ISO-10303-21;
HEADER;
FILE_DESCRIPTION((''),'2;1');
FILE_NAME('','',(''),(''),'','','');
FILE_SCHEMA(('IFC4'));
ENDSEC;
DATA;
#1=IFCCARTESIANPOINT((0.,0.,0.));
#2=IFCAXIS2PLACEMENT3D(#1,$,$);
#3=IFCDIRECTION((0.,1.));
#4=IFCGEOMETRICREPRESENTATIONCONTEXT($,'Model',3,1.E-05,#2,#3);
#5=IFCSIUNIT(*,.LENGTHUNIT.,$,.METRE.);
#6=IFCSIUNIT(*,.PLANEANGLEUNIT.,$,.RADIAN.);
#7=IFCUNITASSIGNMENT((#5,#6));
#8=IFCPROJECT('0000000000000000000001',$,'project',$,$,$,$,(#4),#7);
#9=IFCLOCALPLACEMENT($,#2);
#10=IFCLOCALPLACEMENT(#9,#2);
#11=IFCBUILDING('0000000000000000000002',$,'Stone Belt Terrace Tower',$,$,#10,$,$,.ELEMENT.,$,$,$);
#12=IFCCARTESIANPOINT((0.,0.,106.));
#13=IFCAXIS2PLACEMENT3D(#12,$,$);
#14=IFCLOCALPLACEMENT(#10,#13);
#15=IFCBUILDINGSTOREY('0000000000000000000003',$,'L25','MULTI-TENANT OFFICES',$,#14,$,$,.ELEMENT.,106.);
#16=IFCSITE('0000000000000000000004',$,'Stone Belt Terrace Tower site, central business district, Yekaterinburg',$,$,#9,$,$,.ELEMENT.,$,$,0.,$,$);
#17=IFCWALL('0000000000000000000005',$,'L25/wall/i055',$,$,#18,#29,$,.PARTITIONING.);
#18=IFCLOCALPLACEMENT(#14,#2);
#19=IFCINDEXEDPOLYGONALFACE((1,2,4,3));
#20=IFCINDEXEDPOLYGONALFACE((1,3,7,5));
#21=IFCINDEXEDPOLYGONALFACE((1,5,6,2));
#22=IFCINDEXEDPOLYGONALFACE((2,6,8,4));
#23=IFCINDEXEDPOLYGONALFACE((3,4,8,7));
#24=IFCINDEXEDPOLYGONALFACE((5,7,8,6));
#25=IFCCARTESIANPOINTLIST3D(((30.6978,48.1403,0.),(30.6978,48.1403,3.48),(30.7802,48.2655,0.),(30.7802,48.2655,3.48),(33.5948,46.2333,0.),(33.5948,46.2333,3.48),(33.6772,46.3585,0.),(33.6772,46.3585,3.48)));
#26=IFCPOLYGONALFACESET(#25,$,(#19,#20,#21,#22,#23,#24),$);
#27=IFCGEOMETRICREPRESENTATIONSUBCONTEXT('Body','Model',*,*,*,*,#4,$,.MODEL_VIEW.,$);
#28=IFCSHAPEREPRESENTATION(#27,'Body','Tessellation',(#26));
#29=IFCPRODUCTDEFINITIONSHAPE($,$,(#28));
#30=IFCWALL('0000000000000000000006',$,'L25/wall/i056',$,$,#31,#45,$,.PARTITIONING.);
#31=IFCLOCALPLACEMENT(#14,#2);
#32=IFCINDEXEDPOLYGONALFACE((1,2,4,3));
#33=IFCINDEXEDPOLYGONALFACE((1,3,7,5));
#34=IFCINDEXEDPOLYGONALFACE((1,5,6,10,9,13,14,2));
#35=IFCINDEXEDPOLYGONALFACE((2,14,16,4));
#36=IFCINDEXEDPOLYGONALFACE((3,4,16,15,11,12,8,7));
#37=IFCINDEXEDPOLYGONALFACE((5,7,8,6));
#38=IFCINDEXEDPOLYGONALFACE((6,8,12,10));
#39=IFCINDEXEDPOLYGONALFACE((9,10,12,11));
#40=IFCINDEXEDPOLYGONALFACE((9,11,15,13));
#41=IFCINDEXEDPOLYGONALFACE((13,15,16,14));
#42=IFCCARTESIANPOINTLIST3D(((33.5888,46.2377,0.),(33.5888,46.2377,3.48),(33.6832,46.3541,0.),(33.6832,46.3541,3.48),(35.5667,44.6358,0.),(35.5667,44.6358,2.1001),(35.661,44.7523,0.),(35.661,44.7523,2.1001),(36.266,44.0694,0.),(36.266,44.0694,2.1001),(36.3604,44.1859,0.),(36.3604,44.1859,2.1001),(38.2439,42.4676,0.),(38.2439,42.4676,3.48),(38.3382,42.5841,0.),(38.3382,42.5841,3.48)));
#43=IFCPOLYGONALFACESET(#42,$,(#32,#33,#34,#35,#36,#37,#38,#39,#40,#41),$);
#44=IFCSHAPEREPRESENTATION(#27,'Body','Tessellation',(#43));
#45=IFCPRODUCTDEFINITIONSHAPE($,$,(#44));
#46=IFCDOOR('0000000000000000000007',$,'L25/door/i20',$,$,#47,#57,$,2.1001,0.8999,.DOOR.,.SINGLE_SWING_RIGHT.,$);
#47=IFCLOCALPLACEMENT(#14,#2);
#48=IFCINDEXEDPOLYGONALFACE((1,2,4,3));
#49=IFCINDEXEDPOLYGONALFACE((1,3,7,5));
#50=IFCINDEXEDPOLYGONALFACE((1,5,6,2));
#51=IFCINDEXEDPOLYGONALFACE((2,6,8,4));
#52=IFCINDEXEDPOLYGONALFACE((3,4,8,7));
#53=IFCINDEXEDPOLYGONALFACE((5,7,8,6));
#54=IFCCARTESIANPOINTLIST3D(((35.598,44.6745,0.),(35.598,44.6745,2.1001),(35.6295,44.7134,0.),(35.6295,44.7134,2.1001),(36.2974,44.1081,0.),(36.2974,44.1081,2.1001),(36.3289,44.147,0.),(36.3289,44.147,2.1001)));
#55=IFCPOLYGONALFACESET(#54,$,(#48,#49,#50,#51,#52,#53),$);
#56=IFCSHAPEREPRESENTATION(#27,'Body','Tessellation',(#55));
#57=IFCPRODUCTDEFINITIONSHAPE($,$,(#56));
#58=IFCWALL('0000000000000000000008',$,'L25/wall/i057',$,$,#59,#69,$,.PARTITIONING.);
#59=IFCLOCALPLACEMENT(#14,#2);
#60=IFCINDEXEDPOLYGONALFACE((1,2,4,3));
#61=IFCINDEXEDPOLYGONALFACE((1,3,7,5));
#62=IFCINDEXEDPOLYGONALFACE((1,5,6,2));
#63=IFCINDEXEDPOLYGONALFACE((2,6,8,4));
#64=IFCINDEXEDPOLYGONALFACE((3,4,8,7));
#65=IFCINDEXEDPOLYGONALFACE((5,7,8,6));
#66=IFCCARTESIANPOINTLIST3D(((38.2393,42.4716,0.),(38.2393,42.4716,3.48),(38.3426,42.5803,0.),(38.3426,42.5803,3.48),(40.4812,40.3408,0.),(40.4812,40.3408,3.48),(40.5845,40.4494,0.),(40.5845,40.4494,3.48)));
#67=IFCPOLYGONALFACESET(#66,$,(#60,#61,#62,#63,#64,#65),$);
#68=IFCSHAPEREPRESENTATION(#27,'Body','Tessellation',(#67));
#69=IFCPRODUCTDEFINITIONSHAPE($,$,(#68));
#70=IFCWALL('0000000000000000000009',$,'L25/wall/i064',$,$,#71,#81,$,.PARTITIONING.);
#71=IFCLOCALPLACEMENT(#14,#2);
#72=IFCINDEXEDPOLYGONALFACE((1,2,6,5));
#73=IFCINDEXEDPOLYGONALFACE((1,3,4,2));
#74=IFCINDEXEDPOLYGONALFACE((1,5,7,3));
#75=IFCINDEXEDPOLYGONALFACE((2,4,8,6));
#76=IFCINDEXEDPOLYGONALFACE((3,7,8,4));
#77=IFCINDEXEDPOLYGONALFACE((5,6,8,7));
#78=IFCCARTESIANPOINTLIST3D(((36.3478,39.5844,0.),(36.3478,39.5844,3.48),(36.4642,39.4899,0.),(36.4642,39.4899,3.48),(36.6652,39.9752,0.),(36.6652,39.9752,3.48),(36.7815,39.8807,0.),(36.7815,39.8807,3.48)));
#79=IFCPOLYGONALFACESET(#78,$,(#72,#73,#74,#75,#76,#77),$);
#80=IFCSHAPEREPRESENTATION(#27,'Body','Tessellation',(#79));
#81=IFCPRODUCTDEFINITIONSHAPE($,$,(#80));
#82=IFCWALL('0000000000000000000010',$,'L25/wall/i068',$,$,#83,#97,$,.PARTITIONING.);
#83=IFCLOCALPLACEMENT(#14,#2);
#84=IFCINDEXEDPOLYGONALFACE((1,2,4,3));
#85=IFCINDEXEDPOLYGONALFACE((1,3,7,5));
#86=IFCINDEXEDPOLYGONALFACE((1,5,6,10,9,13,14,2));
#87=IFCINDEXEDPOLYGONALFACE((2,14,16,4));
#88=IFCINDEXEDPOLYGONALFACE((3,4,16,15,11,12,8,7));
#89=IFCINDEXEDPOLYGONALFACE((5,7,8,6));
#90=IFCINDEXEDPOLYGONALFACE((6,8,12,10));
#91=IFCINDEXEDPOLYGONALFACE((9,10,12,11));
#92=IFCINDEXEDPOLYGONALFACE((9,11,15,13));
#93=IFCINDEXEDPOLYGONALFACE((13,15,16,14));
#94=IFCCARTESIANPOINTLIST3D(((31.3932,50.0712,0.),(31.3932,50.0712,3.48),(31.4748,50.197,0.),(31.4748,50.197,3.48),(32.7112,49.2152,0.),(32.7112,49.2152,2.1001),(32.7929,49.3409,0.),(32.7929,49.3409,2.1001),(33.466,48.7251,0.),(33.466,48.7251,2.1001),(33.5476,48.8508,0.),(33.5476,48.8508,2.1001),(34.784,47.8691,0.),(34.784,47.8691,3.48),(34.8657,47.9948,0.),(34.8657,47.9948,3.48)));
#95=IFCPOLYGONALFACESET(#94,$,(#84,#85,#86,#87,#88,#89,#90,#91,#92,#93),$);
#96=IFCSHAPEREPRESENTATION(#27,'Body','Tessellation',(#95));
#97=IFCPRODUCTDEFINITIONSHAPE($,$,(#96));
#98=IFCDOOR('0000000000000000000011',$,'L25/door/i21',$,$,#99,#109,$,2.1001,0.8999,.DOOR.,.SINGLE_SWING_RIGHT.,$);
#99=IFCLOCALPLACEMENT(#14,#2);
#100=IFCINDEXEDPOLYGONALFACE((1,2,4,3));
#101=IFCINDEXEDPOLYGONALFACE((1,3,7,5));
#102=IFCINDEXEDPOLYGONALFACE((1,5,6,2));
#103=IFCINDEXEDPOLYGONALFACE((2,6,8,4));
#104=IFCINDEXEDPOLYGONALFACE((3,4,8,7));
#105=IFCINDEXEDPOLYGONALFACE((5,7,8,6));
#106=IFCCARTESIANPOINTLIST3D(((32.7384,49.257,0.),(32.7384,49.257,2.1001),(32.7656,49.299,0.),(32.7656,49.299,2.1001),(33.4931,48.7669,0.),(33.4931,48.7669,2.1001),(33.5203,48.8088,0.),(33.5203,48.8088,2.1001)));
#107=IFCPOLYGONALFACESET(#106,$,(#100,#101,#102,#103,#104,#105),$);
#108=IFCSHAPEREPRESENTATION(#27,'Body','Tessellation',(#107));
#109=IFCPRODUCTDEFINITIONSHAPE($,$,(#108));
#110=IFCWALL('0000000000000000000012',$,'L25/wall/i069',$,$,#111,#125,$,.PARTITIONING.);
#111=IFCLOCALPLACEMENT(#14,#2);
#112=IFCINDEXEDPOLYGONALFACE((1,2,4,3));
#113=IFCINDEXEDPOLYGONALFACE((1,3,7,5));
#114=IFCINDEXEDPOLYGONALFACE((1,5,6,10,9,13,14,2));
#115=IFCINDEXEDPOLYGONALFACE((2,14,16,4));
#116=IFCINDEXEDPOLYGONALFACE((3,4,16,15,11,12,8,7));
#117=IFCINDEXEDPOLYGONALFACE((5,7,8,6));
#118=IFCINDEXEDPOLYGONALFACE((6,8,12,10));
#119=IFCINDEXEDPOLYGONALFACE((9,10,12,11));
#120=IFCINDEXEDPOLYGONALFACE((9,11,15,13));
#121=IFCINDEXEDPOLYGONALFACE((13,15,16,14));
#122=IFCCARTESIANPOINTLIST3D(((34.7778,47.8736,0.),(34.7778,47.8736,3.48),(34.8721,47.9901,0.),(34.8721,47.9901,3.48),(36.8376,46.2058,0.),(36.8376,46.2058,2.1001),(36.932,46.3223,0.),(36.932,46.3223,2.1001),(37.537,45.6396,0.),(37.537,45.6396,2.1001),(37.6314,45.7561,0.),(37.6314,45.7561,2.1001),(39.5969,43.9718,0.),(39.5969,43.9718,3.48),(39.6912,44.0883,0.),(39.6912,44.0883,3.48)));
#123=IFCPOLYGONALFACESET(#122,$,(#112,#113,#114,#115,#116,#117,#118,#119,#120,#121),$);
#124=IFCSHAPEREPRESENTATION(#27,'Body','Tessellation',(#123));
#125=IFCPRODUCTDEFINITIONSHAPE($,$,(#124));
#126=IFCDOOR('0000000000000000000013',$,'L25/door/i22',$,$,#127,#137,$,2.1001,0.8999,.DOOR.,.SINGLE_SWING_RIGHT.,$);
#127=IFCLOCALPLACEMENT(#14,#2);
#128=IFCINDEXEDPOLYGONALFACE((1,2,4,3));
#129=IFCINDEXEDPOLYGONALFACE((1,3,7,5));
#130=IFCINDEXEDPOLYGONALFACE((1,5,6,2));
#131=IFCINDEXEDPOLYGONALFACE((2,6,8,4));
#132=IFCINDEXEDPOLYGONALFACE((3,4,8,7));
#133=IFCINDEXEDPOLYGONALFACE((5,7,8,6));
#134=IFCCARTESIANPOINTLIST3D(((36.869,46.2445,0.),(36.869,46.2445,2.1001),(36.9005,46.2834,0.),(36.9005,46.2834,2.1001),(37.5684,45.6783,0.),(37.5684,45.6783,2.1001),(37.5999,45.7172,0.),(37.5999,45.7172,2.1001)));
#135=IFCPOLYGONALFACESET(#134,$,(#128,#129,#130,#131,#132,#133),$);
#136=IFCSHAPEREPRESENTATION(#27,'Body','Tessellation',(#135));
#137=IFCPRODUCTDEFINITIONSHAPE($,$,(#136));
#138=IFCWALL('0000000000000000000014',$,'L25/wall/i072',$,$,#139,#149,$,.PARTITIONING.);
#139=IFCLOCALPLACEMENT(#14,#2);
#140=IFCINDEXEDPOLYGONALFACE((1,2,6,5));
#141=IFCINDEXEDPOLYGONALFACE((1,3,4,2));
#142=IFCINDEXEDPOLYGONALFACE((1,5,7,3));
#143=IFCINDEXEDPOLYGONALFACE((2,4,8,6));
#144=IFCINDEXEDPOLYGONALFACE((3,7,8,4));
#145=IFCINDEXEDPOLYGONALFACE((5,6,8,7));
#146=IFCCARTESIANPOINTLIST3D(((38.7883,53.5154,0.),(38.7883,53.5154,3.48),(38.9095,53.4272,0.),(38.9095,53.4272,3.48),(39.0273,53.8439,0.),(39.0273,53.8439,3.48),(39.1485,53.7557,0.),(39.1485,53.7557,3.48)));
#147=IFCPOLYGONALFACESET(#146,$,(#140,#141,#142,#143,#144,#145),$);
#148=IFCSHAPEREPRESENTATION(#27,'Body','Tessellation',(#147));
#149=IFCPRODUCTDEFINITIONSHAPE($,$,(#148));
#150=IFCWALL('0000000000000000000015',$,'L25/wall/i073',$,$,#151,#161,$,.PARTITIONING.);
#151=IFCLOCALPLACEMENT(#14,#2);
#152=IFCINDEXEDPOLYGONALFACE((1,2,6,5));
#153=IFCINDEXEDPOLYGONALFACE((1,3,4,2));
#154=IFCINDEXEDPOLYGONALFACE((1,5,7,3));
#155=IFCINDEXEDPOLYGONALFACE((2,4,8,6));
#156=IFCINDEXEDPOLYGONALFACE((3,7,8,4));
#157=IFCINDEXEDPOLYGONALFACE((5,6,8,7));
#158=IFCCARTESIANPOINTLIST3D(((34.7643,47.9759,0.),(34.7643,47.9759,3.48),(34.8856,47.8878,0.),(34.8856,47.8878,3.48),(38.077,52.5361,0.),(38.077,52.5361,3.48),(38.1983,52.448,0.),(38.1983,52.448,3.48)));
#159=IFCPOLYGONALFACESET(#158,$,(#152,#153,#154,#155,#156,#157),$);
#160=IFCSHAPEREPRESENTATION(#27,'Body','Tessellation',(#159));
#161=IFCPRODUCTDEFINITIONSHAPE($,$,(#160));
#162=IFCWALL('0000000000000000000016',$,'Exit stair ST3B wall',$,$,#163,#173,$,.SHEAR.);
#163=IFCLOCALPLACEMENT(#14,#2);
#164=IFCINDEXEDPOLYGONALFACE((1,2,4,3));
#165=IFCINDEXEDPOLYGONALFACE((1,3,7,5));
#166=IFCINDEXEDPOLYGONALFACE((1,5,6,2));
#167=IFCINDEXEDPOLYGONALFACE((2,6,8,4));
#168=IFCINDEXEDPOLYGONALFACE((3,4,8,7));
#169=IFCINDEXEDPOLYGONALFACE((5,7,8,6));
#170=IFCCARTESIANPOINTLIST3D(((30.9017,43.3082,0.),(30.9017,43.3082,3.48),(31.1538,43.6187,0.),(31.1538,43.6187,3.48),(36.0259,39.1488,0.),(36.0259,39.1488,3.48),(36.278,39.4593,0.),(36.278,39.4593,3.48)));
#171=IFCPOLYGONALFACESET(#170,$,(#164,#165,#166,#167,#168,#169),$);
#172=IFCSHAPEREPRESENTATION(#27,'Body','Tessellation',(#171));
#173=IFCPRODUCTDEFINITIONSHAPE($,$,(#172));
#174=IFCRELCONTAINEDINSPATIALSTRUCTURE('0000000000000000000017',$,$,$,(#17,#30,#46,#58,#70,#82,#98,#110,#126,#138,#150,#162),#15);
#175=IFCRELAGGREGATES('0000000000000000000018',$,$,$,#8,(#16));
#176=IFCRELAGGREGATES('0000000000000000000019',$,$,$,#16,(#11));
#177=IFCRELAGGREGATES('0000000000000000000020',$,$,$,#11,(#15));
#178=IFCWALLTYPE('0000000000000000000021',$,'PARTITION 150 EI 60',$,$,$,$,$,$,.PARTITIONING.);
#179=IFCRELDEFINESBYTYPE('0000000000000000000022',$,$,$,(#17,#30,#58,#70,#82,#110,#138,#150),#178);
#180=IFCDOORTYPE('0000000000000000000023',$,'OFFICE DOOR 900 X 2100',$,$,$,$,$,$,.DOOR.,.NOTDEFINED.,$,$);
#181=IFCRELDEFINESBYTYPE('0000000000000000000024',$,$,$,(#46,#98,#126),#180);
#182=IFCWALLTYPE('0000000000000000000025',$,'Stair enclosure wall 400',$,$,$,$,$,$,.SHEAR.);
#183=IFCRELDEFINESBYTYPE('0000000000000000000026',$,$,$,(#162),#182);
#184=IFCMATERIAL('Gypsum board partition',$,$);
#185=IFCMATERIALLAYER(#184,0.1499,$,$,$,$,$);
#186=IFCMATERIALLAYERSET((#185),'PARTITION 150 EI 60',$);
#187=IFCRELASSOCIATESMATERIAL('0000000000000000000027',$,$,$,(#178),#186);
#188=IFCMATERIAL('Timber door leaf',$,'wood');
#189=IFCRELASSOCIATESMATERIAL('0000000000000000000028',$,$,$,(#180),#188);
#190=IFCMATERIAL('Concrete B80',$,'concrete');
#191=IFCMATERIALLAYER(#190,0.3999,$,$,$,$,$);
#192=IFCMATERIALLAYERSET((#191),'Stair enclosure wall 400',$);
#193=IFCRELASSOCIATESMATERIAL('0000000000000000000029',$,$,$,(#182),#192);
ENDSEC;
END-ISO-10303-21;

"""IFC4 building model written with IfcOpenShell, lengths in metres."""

from ifc_helpers import new_model, si_unit, direction, frame, frame_2d, origin, place, context, subcontext, project, spatial, rectangle, extrude, material, layer, layer_set, type_object, element, fill, save


model = new_model("IFC4")

# Units and contexts
model_context = context("Model", 3, precision=1e-05, world=origin(), true_north=direction((0.0, 1.0)))
body_context = subcontext(model_context, "Body", "Model", "MODEL_VIEW")
ifc_project = project(units=[si_unit("LENGTHUNIT", "METRE"), si_unit("PLANEANGLEUNIT", "RADIAN")], contexts=[model_context])

# Site, building, storey
site_placement = place(None, origin())
site = spatial("IfcSite", under=ifc_project, at=site_placement, Name="Stone Belt Terrace Tower site, central business district, Yekaterinburg", CompositionType="ELEMENT", RefElevation=0.0)
building_placement = place(site_placement, origin())
building = spatial("IfcBuilding", under=site, at=building_placement, Name="Stone Belt Terrace Tower", CompositionType="ELEMENT")
storey_placement = place(building_placement, frame((0.0, 0.0, 106.0)))
storey = spatial("IfcBuildingStorey", under=building, at=storey_placement, Name="L25", Description="MULTI-TENANT OFFICES", CompositionType="ELEMENT", Elevation=106.0)

# Shared definitions
ifc_material_1 = material(Name="Concrete B80", Category="concrete")

# Shared definitions
ifc_material_2 = material(Name="Gypsum board partition")
ifc_layer_1 = layer(ifc_material_2, 0.1499)
ifc_layer_set_1 = layer_set([ifc_layer_1], Name="PARTITION 150 EI 60")
wall_type_1 = type_object("IfcWallType", Name="PARTITION 150 EI 60", PredefinedType="PARTITIONING", material=ifc_layer_set_1)
ifc_material_3 = material(Name="Timber door leaf", Category="wood")
door_type_1 = type_object("IfcDoorType", Name="OFFICE DOOR 900 X 2100", OperationType="NOTDEFINED", PredefinedType="DOOR", material=ifc_material_3)

# Wall
wall_1_placement = place(storey_placement, frame((30.739, 48.2029, 0.0), z_axis=(0.0, 0.0, 1.0), x_axis=(0.835274, -0.549834, 0.0)))
element("IfcWall", 1, at=wall_1_placement, inside=storey, type_object=wall_type_1, Name="L25/wall/i055", PredefinedType="PARTITIONING", context=body_context, shape_type="SweptSolid", body=[
    extrude(rectangle(XDim=3.4683, YDim=0.1499, at=frame_2d((1.7341, 0.0))), origin(), (0.0, 0.0, 1.0), 3.48),
])

# Wall, opening, door
wall_2_placement = place(storey_placement, frame((33.636, 46.2959, 0.0), z_axis=(0.0, 0.0, 1.0), x_axis=(0.777109, -0.629366, 0.0)))
wall_2 = element("IfcWall", 2, at=wall_2_placement, inside=storey, type_object=wall_type_1, Name="L25/wall/i056", PredefinedType="PARTITIONING", context=body_context, shape_type="SweptSolid", body=[
    extrude(rectangle(XDim=5.9902, YDim=0.1499, at=frame_2d((2.9951, 0.0))), origin(), (0.0, 0.0, 1.0), 3.48),
])
opening_1_placement = place(wall_2_placement, frame((2.5452, 0.0, 0.0)))
opening_1 = element("IfcOpeningElement", 3, at=opening_1_placement, cuts=wall_2, PredefinedType="OPENING", context=body_context, shape_type="SweptSolid", body=[
    extrude(rectangle(XDim=0.8999, YDim=2.1001, at=frame_2d((0.45, 1.05))), frame((0.0, 0.085, 0.0), z_axis=(0.0, -1.0, 0.0), x_axis=(1.0, 0.0, 0.0)), (0.0, 0.0, 1.0), 0.1699),
])
door_1_placement = place(opening_1_placement, origin())
door_1 = element("IfcDoor", 4, at=door_1_placement, inside=storey, type_object=door_type_1, Name="L25/door/i20", OperationType="SINGLE_SWING_RIGHT", OverallHeight=2.1001, OverallWidth=0.8999, PredefinedType="DOOR", context=body_context, shape_type="SweptSolid", body=[
    extrude(rectangle(XDim=0.8999, YDim=2.1001, at=frame_2d((0.45, 1.05))), frame((0.0, 0.0249, 0.0), z_axis=(0.0, -1.0, 0.0), x_axis=(1.0, 0.0, 0.0)), (0.0, 0.0, 1.0), 0.05),
])
fill(opening_1, door_1)

# Walls
wall_3_placement = place(storey_placement, frame((38.291, 42.5259, 0.0), z_axis=(0.0, 0.0, 1.0), x_axis=(0.724836, -0.688922, 0.0)))
element("IfcWall", 5, at=wall_3_placement, inside=storey, type_object=wall_type_1, Name="L25/wall/i057", PredefinedType="PARTITIONING", context=body_context, shape_type="SweptSolid", body=[
    extrude(rectangle(XDim=3.093, YDim=0.1499, at=frame_2d((1.5464, 0.0))), origin(), (0.0, 0.0, 1.0), 3.48),
])
wall_4_placement = place(storey_placement, frame((36.406, 39.5371, 0.0), z_axis=(0.0, 0.0, 1.0), x_axis=(0.630355, 0.776307, 0.0)))
element("IfcWall", 6, at=wall_4_placement, inside=storey, type_object=wall_type_1, Name="L25/wall/i064", PredefinedType="PARTITIONING", context=body_context, shape_type="SweptSolid", body=[
    extrude(rectangle(XDim=0.5034, YDim=0.1499, at=frame_2d((0.2517, 0.0))), origin(), (0.0, 0.0, 1.0), 3.48),
])

# Walls, openings, doors
wall_5_placement = place(storey_placement, frame((31.4341, 50.134, 0.0), z_axis=(0.0, 0.0, 1.0), x_axis=(0.83866, -0.544655, 0.0)))
wall_5 = element("IfcWall", 7, at=wall_5_placement, inside=storey, type_object=wall_type_1, Name="L25/wall/i068", PredefinedType="PARTITIONING", context=body_context, shape_type="SweptSolid", body=[
    extrude(rectangle(XDim=4.0432, YDim=0.1499, at=frame_2d((2.0215, 0.0))), origin(), (0.0, 0.0, 1.0), 3.48),
])
opening_2_placement = place(wall_5_placement, frame((1.5715, 0.0, 0.0)))
opening_2 = element("IfcOpeningElement", 8, at=opening_2_placement, cuts=wall_5, PredefinedType="OPENING", context=body_context, shape_type="SweptSolid", body=[
    extrude(rectangle(XDim=0.8999, YDim=2.1001, at=frame_2d((0.45, 1.05))), frame((0.0, 0.085, 0.0), z_axis=(0.0, -1.0, 0.0), x_axis=(1.0, 0.0, 0.0)), (0.0, 0.0, 1.0), 0.1699),
])
door_2_placement = place(opening_2_placement, origin())
door_2 = element("IfcDoor", 9, at=door_2_placement, inside=storey, type_object=door_type_1, Name="L25/door/i21", OperationType="SINGLE_SWING_RIGHT", OverallHeight=2.1001, OverallWidth=0.8999, PredefinedType="DOOR", context=body_context, shape_type="SweptSolid", body=[
    extrude(rectangle(XDim=0.8999, YDim=2.1001, at=frame_2d((0.45, 1.05))), frame((0.0, 0.0249, 0.0), z_axis=(0.0, -1.0, 0.0), x_axis=(1.0, 0.0, 0.0)), (0.0, 0.0, 1.0), 0.05),
])
fill(opening_2, door_2)
wall_6_placement = place(storey_placement, frame((34.825, 47.9319, 0.0), z_axis=(0.0, 0.0, 1.0), x_axis=(0.777191, -0.629265, 0.0)))
wall_6 = element("IfcWall", 10, at=wall_6_placement, inside=storey, type_object=wall_type_1, Name="L25/wall/i069", PredefinedType="PARTITIONING", context=body_context, shape_type="SweptSolid", body=[
    extrude(rectangle(XDim=6.2007, YDim=0.1499, at=frame_2d((3.1003, 0.0))), origin(), (0.0, 0.0, 1.0), 3.48),
])
opening_3_placement = place(wall_6_placement, frame((2.6504, 0.0, 0.0)))
opening_3 = element("IfcOpeningElement", 11, at=opening_3_placement, cuts=wall_6, PredefinedType="OPENING", context=body_context, shape_type="SweptSolid", body=[
    extrude(rectangle(XDim=0.8999, YDim=2.1001, at=frame_2d((0.45, 1.05))), frame((0.0, 0.085, 0.0), z_axis=(0.0, -1.0, 0.0), x_axis=(1.0, 0.0, 0.0)), (0.0, 0.0, 1.0), 0.1699),
])
door_3_placement = place(opening_3_placement, origin())
door_3 = element("IfcDoor", 12, at=door_3_placement, inside=storey, type_object=door_type_1, Name="L25/door/i22", OperationType="SINGLE_SWING_RIGHT", OverallHeight=2.1001, OverallWidth=0.8999, PredefinedType="DOOR", context=body_context, shape_type="SweptSolid", body=[
    extrude(rectangle(XDim=0.8999, YDim=2.1001, at=frame_2d((0.45, 1.05))), frame((0.0, 0.0249, 0.0), z_axis=(0.0, -1.0, 0.0), x_axis=(1.0, 0.0, 0.0)), (0.0, 0.0, 1.0), 0.05),
])
fill(opening_3, door_3)

# Walls
wall_7_placement = place(storey_placement, frame((39.0879, 53.7998, 0.0), z_axis=(0.0, 0.0, 1.0), x_axis=(-0.588207, -0.80871, 0.0)))
element("IfcWall", 13, at=wall_7_placement, inside=storey, type_object=wall_type_1, Name="L25/wall/i072", PredefinedType="PARTITIONING", context=body_context, shape_type="SweptSolid", body=[
    extrude(rectangle(XDim=0.4062, YDim=0.1499, at=frame_2d((0.2031, 0.0))), origin(), (0.0, 0.0, 1.0), 3.48),
])
wall_8_placement = place(storey_placement, frame((38.1377, 52.4922, 0.0), z_axis=(0.0, 0.0, 1.0), x_axis=(-0.587726, -0.80906, 0.0)))
element("IfcWall", 14, at=wall_8_placement, inside=storey, type_object=wall_type_1, Name="L25/wall/i073", PredefinedType="PARTITIONING", context=body_context, shape_type="SweptSolid", body=[
    extrude(rectangle(XDim=5.6365, YDim=0.1499, at=frame_2d((2.8184, 0.0))), origin(), (0.0, 0.0, 1.0), 3.48),
])
ifc_layer_2 = layer(ifc_material_1, 0.3999)
ifc_layer_set_2 = layer_set([ifc_layer_2], Name="Stair enclosure wall 400")
wall_type_2 = type_object("IfcWallType", Name="Stair enclosure wall 400", PredefinedType="SHEAR", material=ifc_layer_set_2)
wall_9_placement = place(storey_placement, frame((31.0278, 43.4634, 0.0), z_axis=(0.0, 0.0, 1.0), x_axis=(0.776414, -0.630224, 0.0)))
element("IfcWall", 15, at=wall_9_placement, inside=storey, type_object=wall_type_2, Name="Exit stair ST3B wall", PredefinedType="SHEAR", context=body_context, shape_type="SweptSolid", body=[
    extrude(rectangle(XDim=6.5999, YDim=0.3999, at=frame_2d((3.2998, 0.0))), origin(), (0.0, 0.0, 1.0), 3.48),
])

save(model, "model.ifc")
